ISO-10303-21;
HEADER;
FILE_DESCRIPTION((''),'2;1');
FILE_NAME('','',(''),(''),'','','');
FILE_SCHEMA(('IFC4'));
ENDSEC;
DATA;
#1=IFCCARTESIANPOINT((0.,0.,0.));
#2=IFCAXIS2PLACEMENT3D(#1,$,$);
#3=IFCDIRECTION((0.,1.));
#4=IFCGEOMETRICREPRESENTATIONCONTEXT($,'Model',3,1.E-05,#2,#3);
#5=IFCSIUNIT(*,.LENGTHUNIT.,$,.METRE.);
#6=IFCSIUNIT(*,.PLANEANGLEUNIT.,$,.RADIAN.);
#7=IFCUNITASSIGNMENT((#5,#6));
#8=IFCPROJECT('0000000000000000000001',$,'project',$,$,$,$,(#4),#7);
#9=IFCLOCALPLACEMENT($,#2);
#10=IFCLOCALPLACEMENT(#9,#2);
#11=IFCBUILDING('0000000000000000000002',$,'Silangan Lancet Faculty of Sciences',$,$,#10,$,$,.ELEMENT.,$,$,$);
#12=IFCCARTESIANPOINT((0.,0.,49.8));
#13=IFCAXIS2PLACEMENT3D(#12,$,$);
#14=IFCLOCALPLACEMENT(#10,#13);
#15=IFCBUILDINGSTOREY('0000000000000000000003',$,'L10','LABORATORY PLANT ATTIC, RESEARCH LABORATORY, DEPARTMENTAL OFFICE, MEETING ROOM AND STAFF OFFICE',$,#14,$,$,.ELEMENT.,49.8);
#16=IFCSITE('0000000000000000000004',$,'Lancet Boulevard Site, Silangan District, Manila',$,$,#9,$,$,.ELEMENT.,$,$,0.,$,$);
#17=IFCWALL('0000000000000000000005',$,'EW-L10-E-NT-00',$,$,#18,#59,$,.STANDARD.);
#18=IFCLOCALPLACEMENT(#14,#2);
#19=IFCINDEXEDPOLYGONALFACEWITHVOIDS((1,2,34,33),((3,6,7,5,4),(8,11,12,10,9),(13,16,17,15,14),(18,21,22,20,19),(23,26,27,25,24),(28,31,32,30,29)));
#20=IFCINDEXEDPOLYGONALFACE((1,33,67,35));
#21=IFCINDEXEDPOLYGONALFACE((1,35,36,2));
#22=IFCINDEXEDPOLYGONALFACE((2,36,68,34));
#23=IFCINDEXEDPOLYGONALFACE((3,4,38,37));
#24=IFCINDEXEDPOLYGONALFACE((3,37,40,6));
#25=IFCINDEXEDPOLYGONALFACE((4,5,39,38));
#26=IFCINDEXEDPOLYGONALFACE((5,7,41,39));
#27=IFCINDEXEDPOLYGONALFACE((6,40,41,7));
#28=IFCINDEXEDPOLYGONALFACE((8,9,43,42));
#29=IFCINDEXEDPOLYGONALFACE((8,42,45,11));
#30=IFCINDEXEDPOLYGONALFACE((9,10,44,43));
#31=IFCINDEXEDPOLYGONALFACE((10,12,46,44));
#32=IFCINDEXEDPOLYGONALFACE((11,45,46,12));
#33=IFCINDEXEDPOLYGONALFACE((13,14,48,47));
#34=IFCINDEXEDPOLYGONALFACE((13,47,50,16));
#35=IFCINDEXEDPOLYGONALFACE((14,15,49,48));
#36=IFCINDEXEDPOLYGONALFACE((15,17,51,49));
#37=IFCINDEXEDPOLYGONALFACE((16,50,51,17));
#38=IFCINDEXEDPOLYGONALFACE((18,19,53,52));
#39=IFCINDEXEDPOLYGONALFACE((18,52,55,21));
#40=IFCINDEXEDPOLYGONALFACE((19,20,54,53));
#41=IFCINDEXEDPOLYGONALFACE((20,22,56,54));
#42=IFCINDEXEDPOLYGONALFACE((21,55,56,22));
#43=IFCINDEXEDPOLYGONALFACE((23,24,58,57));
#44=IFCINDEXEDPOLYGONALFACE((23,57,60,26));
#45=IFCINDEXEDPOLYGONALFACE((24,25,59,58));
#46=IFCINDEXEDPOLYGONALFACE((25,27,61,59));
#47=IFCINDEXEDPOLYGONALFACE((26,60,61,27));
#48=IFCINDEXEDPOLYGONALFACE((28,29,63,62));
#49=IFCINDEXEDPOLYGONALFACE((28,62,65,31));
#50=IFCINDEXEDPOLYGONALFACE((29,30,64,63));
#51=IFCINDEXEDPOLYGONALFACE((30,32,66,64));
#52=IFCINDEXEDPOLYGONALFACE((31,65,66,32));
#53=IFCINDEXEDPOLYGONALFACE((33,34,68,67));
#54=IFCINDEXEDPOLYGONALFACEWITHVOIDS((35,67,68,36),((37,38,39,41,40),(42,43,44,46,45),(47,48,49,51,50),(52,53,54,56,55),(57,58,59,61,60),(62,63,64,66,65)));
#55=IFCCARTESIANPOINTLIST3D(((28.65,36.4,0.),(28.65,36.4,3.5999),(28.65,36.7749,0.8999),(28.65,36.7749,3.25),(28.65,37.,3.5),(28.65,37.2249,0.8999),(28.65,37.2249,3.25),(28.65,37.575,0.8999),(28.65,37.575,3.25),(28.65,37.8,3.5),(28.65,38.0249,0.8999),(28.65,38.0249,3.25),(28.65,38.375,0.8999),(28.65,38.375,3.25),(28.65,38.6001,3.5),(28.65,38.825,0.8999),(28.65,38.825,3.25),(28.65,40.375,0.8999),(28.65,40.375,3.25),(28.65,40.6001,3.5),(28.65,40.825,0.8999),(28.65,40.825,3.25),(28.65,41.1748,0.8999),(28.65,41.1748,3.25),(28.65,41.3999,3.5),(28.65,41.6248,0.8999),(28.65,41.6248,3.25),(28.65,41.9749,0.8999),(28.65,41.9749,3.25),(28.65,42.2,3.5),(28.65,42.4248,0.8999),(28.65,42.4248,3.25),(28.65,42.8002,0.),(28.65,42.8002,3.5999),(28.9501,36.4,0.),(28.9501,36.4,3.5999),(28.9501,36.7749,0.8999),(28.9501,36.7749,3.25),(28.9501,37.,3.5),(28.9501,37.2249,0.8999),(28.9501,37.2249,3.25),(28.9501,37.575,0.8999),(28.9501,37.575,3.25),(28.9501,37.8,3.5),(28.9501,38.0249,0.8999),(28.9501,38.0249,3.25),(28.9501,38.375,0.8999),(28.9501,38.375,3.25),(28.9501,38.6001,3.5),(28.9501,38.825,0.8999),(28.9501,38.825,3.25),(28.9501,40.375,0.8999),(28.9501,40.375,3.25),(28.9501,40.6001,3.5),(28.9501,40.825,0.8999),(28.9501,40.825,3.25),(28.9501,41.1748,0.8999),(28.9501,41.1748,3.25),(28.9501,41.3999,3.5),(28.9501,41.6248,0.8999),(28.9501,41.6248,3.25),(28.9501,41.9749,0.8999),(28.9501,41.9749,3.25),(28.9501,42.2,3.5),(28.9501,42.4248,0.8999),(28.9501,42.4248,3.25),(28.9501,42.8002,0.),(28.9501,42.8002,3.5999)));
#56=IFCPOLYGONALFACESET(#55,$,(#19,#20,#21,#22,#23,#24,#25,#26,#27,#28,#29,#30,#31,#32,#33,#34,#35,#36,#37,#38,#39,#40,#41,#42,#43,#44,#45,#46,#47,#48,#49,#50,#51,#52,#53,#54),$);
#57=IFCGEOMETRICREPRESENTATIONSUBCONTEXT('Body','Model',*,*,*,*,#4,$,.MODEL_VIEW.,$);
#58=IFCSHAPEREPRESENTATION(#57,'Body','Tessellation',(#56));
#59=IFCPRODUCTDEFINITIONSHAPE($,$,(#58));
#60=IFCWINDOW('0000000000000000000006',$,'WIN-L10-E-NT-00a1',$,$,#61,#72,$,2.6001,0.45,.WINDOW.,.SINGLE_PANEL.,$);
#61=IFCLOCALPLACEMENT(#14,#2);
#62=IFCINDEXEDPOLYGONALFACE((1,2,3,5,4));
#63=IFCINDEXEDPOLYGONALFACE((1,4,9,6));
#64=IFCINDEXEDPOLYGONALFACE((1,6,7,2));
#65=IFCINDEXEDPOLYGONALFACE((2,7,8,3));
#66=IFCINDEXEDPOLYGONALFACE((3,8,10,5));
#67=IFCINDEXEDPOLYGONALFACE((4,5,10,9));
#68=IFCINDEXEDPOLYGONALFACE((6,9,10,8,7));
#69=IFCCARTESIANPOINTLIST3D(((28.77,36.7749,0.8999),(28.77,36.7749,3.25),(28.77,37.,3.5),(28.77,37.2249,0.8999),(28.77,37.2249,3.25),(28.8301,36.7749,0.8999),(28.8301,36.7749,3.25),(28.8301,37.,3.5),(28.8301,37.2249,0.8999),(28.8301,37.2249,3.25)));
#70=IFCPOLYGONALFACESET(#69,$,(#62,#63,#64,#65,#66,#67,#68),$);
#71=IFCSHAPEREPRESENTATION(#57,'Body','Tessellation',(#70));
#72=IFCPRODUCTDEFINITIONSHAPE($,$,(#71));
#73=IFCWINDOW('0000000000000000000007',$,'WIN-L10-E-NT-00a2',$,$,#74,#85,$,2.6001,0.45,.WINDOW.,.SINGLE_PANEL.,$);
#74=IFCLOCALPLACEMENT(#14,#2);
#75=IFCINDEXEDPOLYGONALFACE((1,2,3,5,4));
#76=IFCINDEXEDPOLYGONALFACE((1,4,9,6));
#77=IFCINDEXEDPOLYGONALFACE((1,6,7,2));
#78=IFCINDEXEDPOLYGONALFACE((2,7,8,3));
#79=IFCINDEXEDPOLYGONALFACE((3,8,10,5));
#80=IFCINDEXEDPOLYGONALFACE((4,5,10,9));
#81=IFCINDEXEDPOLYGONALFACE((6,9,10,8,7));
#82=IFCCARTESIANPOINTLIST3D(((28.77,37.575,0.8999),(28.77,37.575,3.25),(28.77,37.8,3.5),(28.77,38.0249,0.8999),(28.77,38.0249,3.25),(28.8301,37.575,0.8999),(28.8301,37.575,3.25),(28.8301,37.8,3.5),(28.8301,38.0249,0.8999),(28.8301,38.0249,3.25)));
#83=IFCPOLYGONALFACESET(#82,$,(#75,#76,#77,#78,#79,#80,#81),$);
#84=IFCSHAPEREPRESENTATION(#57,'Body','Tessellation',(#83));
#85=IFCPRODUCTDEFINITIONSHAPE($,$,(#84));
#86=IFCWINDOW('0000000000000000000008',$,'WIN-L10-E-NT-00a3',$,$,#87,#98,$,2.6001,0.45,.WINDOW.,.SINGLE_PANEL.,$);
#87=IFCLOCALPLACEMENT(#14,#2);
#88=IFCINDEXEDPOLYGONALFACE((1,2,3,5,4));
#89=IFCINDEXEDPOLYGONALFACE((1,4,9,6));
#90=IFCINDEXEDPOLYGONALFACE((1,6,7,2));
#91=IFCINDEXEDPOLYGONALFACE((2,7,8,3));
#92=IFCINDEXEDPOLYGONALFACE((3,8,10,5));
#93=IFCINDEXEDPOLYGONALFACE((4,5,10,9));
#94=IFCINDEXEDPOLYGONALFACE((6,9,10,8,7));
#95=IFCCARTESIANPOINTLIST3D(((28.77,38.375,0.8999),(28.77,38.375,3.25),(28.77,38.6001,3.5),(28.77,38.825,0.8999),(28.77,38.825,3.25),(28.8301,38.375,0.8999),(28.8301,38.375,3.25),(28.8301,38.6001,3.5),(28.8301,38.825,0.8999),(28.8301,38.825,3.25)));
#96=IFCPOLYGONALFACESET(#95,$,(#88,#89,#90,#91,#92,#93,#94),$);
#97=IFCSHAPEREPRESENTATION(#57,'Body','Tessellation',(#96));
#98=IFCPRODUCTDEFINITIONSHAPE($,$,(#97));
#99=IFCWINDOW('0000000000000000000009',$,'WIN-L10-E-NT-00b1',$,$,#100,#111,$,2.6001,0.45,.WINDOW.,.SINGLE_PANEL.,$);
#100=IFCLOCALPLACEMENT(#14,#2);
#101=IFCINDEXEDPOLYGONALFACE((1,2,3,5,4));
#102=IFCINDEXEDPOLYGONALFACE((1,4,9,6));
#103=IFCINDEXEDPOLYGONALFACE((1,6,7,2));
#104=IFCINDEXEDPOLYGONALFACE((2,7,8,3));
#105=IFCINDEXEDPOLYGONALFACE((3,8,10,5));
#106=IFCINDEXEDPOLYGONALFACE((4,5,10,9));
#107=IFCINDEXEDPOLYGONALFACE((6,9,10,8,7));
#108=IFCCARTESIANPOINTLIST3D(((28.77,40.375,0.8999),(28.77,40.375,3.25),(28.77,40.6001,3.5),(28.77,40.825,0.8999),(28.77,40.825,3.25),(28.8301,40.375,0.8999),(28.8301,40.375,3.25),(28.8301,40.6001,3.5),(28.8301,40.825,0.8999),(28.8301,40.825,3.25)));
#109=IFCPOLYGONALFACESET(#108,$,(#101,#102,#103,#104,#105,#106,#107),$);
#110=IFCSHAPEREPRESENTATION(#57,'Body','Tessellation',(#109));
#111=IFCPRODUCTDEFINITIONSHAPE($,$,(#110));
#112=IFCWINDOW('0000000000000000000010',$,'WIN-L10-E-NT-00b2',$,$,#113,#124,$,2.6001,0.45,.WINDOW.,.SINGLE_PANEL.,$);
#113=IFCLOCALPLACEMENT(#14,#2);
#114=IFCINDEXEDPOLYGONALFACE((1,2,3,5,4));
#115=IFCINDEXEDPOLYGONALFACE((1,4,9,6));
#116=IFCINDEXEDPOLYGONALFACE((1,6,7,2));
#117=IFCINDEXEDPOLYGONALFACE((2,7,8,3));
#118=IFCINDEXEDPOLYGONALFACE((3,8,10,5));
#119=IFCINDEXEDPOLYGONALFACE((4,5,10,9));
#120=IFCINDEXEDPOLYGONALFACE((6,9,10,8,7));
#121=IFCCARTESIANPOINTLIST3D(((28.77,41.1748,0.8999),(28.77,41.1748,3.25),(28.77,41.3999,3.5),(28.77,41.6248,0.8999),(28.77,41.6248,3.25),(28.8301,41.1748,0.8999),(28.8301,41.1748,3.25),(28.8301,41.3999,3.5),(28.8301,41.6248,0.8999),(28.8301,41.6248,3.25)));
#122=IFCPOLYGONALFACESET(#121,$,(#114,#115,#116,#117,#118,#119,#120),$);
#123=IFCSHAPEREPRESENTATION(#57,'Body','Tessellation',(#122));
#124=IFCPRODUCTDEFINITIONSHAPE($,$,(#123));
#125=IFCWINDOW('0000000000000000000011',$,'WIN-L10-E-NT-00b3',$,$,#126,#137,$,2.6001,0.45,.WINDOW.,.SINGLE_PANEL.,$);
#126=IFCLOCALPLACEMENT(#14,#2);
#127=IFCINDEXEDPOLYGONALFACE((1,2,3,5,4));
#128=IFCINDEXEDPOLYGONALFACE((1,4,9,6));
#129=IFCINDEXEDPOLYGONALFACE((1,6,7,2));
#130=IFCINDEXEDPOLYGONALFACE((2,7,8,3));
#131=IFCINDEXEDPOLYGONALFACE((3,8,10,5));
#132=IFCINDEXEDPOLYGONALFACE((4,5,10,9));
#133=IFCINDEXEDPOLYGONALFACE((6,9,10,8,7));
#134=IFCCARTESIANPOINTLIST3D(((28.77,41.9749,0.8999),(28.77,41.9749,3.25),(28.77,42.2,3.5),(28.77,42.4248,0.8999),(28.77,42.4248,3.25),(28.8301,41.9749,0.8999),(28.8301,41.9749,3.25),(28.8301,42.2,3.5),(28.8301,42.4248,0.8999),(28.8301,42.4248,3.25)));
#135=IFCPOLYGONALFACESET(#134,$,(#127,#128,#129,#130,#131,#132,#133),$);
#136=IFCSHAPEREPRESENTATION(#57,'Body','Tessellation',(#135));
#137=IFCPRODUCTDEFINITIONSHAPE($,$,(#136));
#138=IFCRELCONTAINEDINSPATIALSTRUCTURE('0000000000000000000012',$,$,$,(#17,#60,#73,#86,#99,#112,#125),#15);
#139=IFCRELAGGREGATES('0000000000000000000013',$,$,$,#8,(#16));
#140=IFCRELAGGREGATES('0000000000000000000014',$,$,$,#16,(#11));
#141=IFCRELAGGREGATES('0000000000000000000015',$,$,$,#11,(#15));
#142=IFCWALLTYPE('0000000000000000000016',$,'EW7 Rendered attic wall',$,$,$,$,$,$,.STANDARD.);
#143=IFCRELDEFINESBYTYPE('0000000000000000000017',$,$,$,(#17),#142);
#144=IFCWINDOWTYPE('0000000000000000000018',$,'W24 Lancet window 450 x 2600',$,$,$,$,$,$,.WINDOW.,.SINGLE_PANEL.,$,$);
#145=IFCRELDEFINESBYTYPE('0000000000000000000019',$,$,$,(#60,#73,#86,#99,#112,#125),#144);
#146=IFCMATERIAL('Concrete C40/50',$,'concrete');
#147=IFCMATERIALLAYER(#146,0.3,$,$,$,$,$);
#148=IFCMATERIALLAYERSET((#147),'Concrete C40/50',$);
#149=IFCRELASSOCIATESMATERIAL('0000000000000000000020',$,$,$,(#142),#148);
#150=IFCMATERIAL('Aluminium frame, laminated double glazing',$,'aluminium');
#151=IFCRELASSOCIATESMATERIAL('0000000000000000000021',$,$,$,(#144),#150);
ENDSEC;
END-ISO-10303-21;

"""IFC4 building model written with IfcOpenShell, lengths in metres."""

from ifc_helpers import new_model, si_unit, direction, frame, frame_2d, origin, place, context, subcontext, project, spatial, polyline, rectangle, outline, extrude, material, layer, layer_set, type_object, element, fill, save


model = new_model("IFC4")

# Units and contexts
model_context = context("Model", 3, precision=1e-05, world=origin(), true_north=direction((0.0, 1.0)))
body_context = subcontext(model_context, "Body", "Model", "MODEL_VIEW")
ifc_project = project(units=[si_unit("LENGTHUNIT", "METRE"), si_unit("PLANEANGLEUNIT", "RADIAN")], contexts=[model_context])

# Site, building, storey
site_placement = place(None, origin())
site = spatial("IfcSite", under=ifc_project, at=site_placement, Name="Lancet Boulevard Site, Silangan District, Manila", CompositionType="ELEMENT", RefElevation=0.0)
building_placement = place(site_placement, origin())
building = spatial("IfcBuilding", under=site, at=building_placement, Name="Silangan Lancet Faculty of Sciences", CompositionType="ELEMENT")
storey_placement = place(building_placement, frame((0.0, 0.0, 49.8)))
storey = spatial("IfcBuildingStorey", under=building, at=storey_placement, Name="L10", Description="LABORATORY PLANT ATTIC, RESEARCH LABORATORY, DEPARTMENTAL OFFICE, MEETING ROOM AND STAFF OFFICE", CompositionType="ELEMENT", Elevation=49.8)

# Wall, openings, windows
ifc_material_1 = material(Name="Concrete C40/50", Category="concrete")
ifc_layer_1 = layer(ifc_material_1, 0.3)
ifc_layer_set_1 = layer_set([ifc_layer_1], Name="Concrete C40/50")
wall_type_1 = type_object("IfcWallType", Name="EW7 Rendered attic wall", PredefinedType="STANDARD", material=ifc_layer_set_1)
wall_1_placement = place(storey_placement, frame((28.8, 36.3999, 0.0), z_axis=(0.0, 0.0, 1.0), x_axis=(0.0, 1.0, 0.0)))
wall_1 = element("IfcWall", 1, at=wall_1_placement, inside=storey, type_object=wall_type_1, Name="EW-L10-E-NT-00", PredefinedType="STANDARD", context=body_context, shape_type="SweptSolid", body=[
    extrude(rectangle(XDim=6.4001, YDim=0.3, at=frame_2d((3.2002, 0.0))), origin(), (0.0, 0.0, 1.0), 3.5999),
])
opening_1_placement = place(wall_1_placement, frame((0.375, 0.0, 0.8999)))
opening_1 = element("IfcOpeningElement", 2, at=opening_1_placement, cuts=wall_1, PredefinedType="OPENING", context=body_context, shape_type="SweptSolid", body=[
    extrude(outline(polyline([(0.0, 0.0), (0.45, 0.0), (0.45, 2.3501), (0.2251, 2.6001), (0.0, 2.3501), (0.0, 0.0)])), frame((0.0, 0.1599, 0.0), z_axis=(0.0, -1.0, 0.0), x_axis=(1.0, 0.0, 0.0)), (0.0, 0.0, 1.0), 0.3201),
])
opening_2_placement = place(wall_1_placement, frame((1.175, 0.0, 0.8999)))
opening_2 = element("IfcOpeningElement", 3, at=opening_2_placement, cuts=wall_1, PredefinedType="OPENING", context=body_context, shape_type="SweptSolid", body=[
    extrude(outline(polyline([(0.0, 0.0), (0.45, 0.0), (0.45, 2.3501), (0.2251, 2.6001), (0.0, 2.3501), (0.0, 0.0)])), frame((0.0, 0.1599, 0.0), z_axis=(0.0, -1.0, 0.0), x_axis=(1.0, 0.0, 0.0)), (0.0, 0.0, 1.0), 0.3201),
])
opening_3_placement = place(wall_1_placement, frame((1.9751, 0.0, 0.8999)))
opening_3 = element("IfcOpeningElement", 4, at=opening_3_placement, cuts=wall_1, PredefinedType="OPENING", context=body_context, shape_type="SweptSolid", body=[
    extrude(outline(polyline([(0.0, 0.0), (0.45, 0.0), (0.45, 2.3501), (0.2251, 2.6001), (0.0, 2.3501), (0.0, 0.0)])), frame((0.0, 0.1599, 0.0), z_axis=(0.0, -1.0, 0.0), x_axis=(1.0, 0.0, 0.0)), (0.0, 0.0, 1.0), 0.3201),
])
opening_4_placement = place(wall_1_placement, frame((3.9751, 0.0, 0.8999)))
opening_4 = element("IfcOpeningElement", 5, at=opening_4_placement, cuts=wall_1, PredefinedType="OPENING", context=body_context, shape_type="SweptSolid", body=[
    extrude(outline(polyline([(0.0, 0.0), (0.45, 0.0), (0.45, 2.3501), (0.2251, 2.6001), (0.0, 2.3501), (0.0, 0.0)])), frame((0.0, 0.1599, 0.0), z_axis=(0.0, -1.0, 0.0), x_axis=(1.0, 0.0, 0.0)), (0.0, 0.0, 1.0), 0.3201),
])
opening_5_placement = place(wall_1_placement, frame((4.7749, 0.0, 0.8999)))
opening_5 = element("IfcOpeningElement", 6, at=opening_5_placement, cuts=wall_1, PredefinedType="OPENING", context=body_context, shape_type="SweptSolid", body=[
    extrude(outline(polyline([(0.0, 0.0), (0.45, 0.0), (0.45, 2.3501), (0.2251, 2.6001), (0.0, 2.3501), (0.0, 0.0)])), frame((0.0, 0.1599, 0.0), z_axis=(0.0, -1.0, 0.0), x_axis=(1.0, 0.0, 0.0)), (0.0, 0.0, 1.0), 0.3201),
])
opening_6_placement = place(wall_1_placement, frame((5.575, 0.0, 0.8999)))
opening_6 = element("IfcOpeningElement", 7, at=opening_6_placement, cuts=wall_1, PredefinedType="OPENING", context=body_context, shape_type="SweptSolid", body=[
    extrude(outline(polyline([(0.0, 0.0), (0.45, 0.0), (0.45, 2.3501), (0.2251, 2.6001), (0.0, 2.3501), (0.0, 0.0)])), frame((0.0, 0.1599, 0.0), z_axis=(0.0, -1.0, 0.0), x_axis=(1.0, 0.0, 0.0)), (0.0, 0.0, 1.0), 0.3201),
])
ifc_material_2 = material(Name="Aluminium frame, laminated double glazing", Category="aluminium")
window_type = type_object("IfcWindowType", Name="W24 Lancet window 450 x 2600", PartitioningType="SINGLE_PANEL", PredefinedType="WINDOW", material=ifc_material_2)
window_1_placement = place(opening_1_placement, origin())
window_1 = element("IfcWindow", 8, at=window_1_placement, inside=storey, type_object=window_type, Name="WIN-L10-E-NT-00a1", OverallHeight=2.6001, OverallWidth=0.45, PartitioningType="SINGLE_PANEL", PredefinedType="WINDOW", context=body_context, shape_type="SweptSolid", body=[
    extrude(outline(polyline([(0.0, 0.0), (0.45, 0.0), (0.45, 2.3501), (0.2251, 2.6001), (0.0, 2.3501), (0.0, 0.0)])), frame((0.0, 0.03, 0.0), z_axis=(0.0, -1.0, 0.0), x_axis=(1.0, 0.0, 0.0)), (0.0, 0.0, 1.0), 0.0601),
])
fill(opening_1, window_1)
window_2_placement = place(opening_2_placement, origin())
window_2 = element("IfcWindow", 9, at=window_2_placement, inside=storey, type_object=window_type, Name="WIN-L10-E-NT-00a2", OverallHeight=2.6001, OverallWidth=0.45, PartitioningType="SINGLE_PANEL", PredefinedType="WINDOW", context=body_context, shape_type="SweptSolid", body=[
    extrude(outline(polyline([(0.0, 0.0), (0.45, 0.0), (0.45, 2.3501), (0.2251, 2.6001), (0.0, 2.3501), (0.0, 0.0)])), frame((0.0, 0.03, 0.0), z_axis=(0.0, -1.0, 0.0), x_axis=(1.0, 0.0, 0.0)), (0.0, 0.0, 1.0), 0.0601),
])
fill(opening_2, window_2)
window_3_placement = place(opening_3_placement, origin())
window_3 = element("IfcWindow", 10, at=window_3_placement, inside=storey, type_object=window_type, Name="WIN-L10-E-NT-00a3", OverallHeight=2.6001, OverallWidth=0.45, PartitioningType="SINGLE_PANEL", PredefinedType="WINDOW", context=body_context, shape_type="SweptSolid", body=[
    extrude(outline(polyline([(0.0, 0.0), (0.45, 0.0), (0.45, 2.3501), (0.2251, 2.6001), (0.0, 2.3501), (0.0, 0.0)])), frame((0.0, 0.03, 0.0), z_axis=(0.0, -1.0, 0.0), x_axis=(1.0, 0.0, 0.0)), (0.0, 0.0, 1.0), 0.0601),
])
fill(opening_3, window_3)
window_4_placement = place(opening_4_placement, origin())
window_4 = element("IfcWindow", 11, at=window_4_placement, inside=storey, type_object=window_type, Name="WIN-L10-E-NT-00b1", OverallHeight=2.6001, OverallWidth=0.45, PartitioningType="SINGLE_PANEL", PredefinedType="WINDOW", context=body_context, shape_type="SweptSolid", body=[
    extrude(outline(polyline([(0.0, 0.0), (0.45, 0.0), (0.45, 2.3501), (0.2251, 2.6001), (0.0, 2.3501), (0.0, 0.0)])), frame((0.0, 0.03, 0.0), z_axis=(0.0, -1.0, 0.0), x_axis=(1.0, 0.0, 0.0)), (0.0, 0.0, 1.0), 0.0601),
])
fill(opening_4, window_4)
window_5_placement = place(opening_5_placement, origin())
window_5 = element("IfcWindow", 12, at=window_5_placement, inside=storey, type_object=window_type, Name="WIN-L10-E-NT-00b2", OverallHeight=2.6001, OverallWidth=0.45, PartitioningType="SINGLE_PANEL", PredefinedType="WINDOW", context=body_context, shape_type="SweptSolid", body=[
    extrude(outline(polyline([(0.0, 0.0), (0.45, 0.0), (0.45, 2.3501), (0.2251, 2.6001), (0.0, 2.3501), (0.0, 0.0)])), frame((0.0, 0.03, 0.0), z_axis=(0.0, -1.0, 0.0), x_axis=(1.0, 0.0, 0.0)), (0.0, 0.0, 1.0), 0.0601),
])
fill(opening_5, window_5)
window_6_placement = place(opening_6_placement, origin())
window_6 = element("IfcWindow", 13, at=window_6_placement, inside=storey, type_object=window_type, Name="WIN-L10-E-NT-00b3", OverallHeight=2.6001, OverallWidth=0.45, PartitioningType="SINGLE_PANEL", PredefinedType="WINDOW", context=body_context, shape_type="SweptSolid", body=[
    extrude(outline(polyline([(0.0, 0.0), (0.45, 0.0), (0.45, 2.3501), (0.2251, 2.6001), (0.0, 2.3501), (0.0, 0.0)])), frame((0.0, 0.03, 0.0), z_axis=(0.0, -1.0, 0.0), x_axis=(1.0, 0.0, 0.0)), (0.0, 0.0, 1.0), 0.0601),
])
fill(opening_6, window_6)

save(model, "model.ifc")
